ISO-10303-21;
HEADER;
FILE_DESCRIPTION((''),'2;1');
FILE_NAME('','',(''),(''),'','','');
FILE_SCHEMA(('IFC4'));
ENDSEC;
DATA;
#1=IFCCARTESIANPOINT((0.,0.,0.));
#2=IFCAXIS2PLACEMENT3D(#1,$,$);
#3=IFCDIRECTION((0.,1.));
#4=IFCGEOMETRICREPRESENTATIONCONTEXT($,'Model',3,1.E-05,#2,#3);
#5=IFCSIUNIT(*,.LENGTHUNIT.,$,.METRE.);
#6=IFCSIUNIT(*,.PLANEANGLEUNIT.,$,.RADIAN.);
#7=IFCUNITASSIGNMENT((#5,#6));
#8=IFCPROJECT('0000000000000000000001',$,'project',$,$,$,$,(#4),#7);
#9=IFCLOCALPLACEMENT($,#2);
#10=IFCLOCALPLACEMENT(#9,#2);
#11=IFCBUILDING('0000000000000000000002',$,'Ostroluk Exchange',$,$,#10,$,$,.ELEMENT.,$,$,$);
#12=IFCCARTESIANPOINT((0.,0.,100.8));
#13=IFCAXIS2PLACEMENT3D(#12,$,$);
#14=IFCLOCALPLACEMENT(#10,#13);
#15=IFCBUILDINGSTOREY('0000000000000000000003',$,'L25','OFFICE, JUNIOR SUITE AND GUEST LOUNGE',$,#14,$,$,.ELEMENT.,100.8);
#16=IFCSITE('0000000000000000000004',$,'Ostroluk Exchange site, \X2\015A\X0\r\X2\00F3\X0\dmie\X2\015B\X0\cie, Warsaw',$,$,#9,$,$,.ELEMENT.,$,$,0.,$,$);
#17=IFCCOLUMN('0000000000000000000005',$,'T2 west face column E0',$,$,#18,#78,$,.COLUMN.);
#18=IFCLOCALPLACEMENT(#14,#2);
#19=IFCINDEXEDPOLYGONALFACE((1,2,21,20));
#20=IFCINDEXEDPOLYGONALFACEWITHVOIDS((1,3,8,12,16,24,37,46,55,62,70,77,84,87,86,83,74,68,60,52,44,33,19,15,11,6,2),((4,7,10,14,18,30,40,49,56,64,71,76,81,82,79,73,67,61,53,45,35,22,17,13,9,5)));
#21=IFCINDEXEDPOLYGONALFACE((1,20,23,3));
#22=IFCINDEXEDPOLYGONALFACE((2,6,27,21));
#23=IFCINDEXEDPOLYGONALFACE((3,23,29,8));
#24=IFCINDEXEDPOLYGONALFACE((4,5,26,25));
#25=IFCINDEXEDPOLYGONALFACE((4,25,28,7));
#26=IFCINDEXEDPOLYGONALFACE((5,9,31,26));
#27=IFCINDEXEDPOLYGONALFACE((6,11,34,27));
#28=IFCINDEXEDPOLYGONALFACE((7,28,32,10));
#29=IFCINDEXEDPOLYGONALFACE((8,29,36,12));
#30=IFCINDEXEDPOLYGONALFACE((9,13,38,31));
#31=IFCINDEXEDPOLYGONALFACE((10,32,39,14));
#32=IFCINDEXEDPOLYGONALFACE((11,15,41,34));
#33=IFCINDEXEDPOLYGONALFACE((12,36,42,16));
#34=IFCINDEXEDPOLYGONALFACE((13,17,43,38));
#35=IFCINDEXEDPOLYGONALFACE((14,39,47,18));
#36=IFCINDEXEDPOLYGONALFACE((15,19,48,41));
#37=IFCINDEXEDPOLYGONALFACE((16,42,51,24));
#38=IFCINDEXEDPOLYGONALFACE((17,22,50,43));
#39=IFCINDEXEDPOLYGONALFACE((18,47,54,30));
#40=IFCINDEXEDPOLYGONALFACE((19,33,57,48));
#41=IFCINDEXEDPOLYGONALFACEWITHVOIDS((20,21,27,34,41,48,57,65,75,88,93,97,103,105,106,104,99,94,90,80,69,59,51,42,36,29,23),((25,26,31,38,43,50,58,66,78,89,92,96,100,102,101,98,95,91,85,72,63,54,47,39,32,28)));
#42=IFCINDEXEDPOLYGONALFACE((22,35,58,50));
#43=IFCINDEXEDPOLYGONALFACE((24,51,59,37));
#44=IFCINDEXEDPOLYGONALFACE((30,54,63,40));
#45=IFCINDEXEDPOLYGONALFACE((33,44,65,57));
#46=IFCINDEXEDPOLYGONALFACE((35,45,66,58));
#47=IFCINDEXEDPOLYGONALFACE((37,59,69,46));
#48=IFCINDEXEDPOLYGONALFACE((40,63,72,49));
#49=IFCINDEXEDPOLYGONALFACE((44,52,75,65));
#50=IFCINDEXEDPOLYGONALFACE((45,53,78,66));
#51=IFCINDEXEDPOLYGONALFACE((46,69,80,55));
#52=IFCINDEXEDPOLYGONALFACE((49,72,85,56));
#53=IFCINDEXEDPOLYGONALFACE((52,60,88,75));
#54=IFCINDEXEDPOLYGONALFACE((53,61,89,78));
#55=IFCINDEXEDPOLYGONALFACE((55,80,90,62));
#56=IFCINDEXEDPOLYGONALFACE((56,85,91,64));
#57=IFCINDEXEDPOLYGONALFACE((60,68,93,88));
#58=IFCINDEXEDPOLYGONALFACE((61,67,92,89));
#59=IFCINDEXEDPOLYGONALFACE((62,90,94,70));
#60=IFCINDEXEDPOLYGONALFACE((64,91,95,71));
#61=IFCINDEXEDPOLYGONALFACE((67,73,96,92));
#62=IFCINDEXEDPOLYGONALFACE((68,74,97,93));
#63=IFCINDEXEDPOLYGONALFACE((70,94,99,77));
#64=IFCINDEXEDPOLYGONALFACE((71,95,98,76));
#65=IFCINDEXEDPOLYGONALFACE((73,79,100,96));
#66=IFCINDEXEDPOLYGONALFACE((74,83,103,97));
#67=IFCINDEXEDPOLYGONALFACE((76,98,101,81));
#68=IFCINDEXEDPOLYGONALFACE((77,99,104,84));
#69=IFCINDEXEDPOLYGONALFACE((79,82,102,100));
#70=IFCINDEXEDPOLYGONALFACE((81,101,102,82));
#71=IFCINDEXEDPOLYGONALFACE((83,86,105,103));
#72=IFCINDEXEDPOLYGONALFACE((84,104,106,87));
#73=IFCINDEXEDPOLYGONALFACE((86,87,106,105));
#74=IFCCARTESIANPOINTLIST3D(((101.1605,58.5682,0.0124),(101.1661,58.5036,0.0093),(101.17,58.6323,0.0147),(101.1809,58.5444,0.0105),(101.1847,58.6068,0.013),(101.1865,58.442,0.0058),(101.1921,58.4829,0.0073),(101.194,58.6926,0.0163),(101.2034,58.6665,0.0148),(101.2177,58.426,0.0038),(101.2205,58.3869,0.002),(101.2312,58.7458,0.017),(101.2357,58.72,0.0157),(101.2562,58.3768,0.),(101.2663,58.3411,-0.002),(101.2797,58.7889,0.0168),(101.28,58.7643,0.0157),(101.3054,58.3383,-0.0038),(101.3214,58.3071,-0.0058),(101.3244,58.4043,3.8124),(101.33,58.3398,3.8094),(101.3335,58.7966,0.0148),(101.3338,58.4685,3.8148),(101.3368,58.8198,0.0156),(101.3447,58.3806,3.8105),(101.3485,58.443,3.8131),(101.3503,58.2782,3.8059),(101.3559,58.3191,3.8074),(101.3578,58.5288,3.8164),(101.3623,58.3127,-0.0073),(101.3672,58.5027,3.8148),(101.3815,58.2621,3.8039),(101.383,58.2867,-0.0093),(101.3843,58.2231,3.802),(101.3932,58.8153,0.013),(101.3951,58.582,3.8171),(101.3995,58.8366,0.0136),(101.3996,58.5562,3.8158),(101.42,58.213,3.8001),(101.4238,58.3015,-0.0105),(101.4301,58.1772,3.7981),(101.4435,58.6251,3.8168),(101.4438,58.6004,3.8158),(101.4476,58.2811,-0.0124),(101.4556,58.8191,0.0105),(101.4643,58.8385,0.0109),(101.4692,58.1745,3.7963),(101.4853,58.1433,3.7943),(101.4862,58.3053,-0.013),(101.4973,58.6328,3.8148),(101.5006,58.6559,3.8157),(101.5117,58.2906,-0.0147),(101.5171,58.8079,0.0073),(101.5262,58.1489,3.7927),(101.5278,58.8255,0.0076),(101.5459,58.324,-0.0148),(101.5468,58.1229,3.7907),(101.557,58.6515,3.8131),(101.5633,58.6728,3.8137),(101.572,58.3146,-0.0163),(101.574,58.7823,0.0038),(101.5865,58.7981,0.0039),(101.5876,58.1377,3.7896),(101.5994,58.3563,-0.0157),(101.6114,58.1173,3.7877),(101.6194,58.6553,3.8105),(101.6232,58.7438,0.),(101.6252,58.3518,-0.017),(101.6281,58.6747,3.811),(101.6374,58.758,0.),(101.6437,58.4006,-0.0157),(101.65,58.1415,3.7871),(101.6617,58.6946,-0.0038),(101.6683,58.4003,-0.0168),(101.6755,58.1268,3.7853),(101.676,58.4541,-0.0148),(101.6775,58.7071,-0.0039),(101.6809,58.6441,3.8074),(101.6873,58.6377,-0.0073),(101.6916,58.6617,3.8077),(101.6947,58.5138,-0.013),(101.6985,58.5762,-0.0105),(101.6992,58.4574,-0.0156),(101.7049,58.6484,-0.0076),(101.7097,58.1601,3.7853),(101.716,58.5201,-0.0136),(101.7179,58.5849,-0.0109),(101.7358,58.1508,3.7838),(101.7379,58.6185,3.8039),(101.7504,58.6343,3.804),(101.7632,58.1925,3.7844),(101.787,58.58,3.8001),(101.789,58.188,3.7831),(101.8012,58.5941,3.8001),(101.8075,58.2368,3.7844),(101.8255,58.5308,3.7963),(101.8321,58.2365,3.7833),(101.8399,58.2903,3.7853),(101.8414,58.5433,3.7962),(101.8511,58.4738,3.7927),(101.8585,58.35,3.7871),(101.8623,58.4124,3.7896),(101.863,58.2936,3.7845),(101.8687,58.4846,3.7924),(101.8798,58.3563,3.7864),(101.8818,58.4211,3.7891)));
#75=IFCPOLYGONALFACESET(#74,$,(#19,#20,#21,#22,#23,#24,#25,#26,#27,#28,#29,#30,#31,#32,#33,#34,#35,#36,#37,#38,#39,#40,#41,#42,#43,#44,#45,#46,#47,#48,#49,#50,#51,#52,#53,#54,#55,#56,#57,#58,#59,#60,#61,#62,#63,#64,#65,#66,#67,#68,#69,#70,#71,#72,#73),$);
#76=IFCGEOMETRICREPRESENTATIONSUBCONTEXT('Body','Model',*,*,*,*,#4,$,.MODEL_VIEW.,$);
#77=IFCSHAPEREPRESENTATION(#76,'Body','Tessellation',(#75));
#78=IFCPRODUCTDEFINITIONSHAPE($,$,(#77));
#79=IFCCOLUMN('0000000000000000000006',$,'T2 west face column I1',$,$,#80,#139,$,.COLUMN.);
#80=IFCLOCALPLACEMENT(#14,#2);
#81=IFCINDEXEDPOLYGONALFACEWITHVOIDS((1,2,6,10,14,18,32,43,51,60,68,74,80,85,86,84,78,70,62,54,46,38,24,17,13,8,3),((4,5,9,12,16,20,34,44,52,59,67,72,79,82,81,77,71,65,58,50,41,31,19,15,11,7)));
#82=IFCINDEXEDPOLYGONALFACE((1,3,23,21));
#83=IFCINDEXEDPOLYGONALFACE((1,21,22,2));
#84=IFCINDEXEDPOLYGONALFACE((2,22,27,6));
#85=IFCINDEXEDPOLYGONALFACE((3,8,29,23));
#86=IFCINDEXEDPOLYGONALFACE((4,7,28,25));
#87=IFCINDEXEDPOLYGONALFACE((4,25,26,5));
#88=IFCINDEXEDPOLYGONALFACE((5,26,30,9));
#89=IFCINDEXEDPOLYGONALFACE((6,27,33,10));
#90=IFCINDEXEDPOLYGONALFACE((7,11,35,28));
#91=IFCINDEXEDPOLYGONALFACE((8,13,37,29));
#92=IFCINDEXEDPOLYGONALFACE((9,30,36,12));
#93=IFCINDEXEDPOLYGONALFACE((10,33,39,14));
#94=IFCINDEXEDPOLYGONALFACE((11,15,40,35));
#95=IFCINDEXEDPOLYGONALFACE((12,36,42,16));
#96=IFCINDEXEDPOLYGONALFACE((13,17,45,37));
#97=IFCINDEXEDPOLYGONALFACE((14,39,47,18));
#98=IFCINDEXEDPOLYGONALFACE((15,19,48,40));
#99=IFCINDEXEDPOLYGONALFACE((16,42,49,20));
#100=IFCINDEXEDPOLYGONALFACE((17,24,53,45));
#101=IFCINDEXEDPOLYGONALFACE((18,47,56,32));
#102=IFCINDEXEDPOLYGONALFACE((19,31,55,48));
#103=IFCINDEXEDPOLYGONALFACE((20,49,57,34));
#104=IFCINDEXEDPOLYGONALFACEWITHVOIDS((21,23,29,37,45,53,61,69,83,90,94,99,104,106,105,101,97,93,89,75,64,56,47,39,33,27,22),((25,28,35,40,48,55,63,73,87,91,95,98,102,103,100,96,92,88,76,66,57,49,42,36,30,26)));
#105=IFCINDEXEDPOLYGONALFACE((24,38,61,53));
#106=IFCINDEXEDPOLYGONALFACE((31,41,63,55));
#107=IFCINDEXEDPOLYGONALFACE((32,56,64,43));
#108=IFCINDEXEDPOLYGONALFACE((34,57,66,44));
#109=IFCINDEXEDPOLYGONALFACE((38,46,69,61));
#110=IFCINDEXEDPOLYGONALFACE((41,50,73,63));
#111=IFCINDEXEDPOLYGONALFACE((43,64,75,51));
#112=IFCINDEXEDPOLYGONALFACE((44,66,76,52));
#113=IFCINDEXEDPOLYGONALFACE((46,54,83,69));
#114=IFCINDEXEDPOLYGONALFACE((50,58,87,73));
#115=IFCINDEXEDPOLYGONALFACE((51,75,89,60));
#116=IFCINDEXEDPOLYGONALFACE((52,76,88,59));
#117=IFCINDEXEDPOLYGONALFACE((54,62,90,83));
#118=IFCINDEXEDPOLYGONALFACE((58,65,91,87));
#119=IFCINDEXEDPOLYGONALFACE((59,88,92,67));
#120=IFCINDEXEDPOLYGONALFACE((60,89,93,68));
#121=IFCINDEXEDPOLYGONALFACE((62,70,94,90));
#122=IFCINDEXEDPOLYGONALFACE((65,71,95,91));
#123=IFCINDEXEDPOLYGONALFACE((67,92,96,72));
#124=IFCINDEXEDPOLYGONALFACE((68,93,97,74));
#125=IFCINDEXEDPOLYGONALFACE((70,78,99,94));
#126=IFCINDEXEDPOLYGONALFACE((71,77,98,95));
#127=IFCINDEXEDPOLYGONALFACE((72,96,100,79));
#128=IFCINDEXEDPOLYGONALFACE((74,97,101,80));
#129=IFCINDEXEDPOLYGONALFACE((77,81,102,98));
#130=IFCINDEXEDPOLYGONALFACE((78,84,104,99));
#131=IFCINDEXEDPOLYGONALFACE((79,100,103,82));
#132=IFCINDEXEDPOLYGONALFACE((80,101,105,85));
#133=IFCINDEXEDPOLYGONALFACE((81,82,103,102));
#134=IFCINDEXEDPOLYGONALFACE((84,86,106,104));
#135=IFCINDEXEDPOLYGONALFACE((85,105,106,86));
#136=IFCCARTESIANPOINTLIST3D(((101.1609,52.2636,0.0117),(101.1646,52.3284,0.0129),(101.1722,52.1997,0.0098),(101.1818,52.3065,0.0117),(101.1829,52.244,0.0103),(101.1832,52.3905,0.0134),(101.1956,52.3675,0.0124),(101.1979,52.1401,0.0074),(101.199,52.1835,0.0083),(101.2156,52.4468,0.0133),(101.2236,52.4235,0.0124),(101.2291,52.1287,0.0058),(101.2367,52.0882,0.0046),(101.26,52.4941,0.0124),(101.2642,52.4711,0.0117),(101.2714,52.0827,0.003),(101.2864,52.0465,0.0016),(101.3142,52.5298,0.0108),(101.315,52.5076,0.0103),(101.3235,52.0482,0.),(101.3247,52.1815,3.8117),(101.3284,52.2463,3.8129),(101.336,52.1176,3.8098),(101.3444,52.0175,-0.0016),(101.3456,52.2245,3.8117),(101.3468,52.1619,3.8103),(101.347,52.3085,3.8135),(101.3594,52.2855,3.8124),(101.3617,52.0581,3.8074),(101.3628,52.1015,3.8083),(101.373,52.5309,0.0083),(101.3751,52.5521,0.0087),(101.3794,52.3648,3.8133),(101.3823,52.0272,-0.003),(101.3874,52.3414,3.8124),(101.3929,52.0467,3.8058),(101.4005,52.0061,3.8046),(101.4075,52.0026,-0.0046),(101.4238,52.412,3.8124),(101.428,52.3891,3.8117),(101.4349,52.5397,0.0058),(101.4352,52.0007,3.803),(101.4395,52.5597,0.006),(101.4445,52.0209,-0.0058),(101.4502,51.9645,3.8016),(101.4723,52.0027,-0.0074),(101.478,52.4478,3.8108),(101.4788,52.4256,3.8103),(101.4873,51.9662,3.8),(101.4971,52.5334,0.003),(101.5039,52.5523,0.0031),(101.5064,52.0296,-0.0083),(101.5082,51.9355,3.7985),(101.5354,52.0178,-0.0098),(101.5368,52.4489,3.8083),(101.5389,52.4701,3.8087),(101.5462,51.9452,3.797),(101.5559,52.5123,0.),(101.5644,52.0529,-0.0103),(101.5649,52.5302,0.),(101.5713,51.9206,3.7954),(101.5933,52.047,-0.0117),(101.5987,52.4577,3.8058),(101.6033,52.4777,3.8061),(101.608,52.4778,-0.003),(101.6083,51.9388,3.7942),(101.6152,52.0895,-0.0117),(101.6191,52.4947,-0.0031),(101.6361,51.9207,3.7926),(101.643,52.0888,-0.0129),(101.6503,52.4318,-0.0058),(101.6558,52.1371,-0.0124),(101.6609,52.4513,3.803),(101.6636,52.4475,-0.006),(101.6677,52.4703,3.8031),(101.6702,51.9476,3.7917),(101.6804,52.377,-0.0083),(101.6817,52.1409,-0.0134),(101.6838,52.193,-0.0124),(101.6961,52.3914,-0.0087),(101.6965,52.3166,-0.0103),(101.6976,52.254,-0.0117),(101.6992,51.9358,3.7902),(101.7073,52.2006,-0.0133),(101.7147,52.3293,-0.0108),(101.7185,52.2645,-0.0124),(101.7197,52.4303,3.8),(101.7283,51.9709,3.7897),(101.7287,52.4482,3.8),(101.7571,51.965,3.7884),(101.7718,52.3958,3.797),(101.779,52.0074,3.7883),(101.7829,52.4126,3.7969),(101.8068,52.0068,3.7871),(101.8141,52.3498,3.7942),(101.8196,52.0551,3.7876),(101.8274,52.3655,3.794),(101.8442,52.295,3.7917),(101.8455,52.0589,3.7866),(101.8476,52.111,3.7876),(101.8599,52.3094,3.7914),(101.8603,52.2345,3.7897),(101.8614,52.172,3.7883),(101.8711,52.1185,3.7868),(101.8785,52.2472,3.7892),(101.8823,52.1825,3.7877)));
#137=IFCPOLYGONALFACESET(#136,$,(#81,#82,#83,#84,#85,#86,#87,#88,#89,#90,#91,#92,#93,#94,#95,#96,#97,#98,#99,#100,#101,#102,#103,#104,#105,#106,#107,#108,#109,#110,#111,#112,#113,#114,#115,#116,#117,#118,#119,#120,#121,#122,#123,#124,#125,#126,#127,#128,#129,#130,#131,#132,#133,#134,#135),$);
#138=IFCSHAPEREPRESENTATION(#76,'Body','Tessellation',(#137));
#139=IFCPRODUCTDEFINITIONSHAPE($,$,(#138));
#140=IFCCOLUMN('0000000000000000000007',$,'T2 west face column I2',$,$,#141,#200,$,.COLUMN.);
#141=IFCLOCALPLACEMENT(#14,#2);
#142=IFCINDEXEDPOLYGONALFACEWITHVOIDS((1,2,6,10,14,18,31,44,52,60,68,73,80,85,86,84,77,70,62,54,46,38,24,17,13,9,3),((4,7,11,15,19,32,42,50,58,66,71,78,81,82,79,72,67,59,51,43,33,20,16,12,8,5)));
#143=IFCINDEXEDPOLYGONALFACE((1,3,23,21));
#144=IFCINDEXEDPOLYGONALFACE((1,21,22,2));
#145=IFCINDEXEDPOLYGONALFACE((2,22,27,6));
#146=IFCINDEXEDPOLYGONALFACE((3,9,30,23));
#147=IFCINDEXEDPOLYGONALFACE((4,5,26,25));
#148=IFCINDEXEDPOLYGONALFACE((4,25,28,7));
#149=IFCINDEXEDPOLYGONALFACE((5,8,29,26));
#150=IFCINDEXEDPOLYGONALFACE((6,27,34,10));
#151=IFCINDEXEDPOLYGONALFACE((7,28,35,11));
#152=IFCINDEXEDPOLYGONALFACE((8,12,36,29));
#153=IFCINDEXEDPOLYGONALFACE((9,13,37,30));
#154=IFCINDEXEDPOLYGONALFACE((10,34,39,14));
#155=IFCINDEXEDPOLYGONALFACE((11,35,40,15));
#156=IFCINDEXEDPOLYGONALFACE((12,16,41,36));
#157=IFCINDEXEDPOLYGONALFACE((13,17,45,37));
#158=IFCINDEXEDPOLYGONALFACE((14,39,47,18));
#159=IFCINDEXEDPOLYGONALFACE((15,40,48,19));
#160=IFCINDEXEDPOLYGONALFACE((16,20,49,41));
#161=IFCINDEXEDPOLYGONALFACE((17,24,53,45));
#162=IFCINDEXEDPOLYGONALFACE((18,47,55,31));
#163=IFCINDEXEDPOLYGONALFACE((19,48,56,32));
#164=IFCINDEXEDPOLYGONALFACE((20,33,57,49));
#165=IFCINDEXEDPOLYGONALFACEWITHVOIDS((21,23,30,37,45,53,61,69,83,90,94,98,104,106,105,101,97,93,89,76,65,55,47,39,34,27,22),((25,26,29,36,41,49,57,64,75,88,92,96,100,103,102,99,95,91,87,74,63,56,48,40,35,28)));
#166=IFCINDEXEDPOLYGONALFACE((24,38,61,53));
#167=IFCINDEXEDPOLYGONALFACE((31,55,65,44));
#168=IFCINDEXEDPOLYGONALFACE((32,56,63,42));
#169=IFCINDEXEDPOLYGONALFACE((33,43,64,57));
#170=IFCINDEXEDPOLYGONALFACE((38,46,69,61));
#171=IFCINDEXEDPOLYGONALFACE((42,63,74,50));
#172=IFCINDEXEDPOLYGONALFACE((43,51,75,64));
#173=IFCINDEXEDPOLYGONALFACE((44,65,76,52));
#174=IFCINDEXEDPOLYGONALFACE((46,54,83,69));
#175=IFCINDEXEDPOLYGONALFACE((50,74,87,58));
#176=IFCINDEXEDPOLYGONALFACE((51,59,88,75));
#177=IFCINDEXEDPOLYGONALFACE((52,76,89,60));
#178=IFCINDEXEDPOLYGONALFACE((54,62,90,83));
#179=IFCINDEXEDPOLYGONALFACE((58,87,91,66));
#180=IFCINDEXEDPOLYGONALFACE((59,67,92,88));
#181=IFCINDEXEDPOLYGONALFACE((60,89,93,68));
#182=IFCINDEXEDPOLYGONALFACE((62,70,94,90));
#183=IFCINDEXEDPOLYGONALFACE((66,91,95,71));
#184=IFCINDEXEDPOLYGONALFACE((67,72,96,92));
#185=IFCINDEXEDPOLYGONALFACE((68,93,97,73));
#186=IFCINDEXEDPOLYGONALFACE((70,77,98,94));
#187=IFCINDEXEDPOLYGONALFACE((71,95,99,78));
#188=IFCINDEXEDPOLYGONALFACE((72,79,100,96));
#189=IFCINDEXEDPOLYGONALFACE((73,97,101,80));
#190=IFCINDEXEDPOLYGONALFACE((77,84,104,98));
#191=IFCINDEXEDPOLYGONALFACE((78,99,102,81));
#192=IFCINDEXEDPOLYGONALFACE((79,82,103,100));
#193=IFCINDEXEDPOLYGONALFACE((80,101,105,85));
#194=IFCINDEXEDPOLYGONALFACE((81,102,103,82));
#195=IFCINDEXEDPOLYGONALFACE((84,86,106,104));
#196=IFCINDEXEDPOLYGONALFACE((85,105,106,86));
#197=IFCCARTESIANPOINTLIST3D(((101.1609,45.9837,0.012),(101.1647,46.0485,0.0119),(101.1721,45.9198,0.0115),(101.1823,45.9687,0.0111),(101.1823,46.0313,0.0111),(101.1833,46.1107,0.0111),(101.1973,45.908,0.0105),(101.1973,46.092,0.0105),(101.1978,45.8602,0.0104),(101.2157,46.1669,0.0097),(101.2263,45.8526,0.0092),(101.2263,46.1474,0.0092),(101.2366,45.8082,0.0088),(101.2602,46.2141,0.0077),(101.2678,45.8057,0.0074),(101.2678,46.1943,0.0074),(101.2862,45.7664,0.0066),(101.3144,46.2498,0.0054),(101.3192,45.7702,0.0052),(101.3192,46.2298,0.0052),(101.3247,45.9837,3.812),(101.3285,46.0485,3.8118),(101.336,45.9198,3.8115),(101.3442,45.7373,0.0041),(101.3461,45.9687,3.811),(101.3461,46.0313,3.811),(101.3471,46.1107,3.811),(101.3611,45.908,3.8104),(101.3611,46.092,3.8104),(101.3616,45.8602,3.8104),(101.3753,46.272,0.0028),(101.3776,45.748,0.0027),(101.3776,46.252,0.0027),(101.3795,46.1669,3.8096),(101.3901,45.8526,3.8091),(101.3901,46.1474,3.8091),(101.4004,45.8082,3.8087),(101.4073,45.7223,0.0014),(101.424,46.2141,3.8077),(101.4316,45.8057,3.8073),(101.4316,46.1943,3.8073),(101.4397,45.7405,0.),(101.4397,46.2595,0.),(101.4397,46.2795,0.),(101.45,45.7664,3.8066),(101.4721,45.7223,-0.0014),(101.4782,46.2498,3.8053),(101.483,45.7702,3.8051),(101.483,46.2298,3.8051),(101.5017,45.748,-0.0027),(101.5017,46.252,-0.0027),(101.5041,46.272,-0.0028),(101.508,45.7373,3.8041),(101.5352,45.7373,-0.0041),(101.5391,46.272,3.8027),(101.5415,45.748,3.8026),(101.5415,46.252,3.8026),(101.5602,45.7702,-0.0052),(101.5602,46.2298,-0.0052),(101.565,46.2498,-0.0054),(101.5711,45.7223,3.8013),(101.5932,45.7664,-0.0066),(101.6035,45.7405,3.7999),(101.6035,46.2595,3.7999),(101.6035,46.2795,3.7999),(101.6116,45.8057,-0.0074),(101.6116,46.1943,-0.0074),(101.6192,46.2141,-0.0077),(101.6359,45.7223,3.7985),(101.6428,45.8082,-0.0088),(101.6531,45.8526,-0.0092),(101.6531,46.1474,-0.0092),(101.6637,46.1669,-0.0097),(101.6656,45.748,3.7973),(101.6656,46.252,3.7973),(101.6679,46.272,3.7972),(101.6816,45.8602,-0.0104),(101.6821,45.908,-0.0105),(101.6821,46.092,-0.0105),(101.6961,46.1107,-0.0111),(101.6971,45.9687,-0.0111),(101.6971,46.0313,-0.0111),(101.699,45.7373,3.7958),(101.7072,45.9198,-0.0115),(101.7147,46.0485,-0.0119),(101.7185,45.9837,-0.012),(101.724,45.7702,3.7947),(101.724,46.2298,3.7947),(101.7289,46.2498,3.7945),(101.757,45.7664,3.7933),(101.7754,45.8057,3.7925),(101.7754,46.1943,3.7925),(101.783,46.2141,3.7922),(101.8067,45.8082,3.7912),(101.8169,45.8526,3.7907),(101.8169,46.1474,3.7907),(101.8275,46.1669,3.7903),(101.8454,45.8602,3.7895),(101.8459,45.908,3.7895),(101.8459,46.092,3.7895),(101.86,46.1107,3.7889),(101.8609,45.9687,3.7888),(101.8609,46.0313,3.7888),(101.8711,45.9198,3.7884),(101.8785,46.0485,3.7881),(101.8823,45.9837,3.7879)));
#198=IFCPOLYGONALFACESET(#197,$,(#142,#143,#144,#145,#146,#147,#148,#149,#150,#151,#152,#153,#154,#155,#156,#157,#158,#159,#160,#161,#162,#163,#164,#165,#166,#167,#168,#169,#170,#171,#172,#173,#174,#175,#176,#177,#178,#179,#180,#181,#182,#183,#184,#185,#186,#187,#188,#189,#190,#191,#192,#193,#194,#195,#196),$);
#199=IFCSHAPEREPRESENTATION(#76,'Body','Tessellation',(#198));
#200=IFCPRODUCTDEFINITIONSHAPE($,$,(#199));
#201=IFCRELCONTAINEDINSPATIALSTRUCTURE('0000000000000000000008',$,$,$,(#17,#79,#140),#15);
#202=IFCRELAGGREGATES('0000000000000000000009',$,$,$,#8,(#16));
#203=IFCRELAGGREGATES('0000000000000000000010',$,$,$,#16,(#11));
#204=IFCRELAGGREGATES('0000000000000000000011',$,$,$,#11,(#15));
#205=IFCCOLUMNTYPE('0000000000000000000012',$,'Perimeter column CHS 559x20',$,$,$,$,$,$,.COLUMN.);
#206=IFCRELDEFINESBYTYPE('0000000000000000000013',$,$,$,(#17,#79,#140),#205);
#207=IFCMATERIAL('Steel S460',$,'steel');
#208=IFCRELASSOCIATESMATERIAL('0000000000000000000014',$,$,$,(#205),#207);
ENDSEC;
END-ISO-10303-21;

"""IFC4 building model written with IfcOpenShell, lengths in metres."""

from ifc_helpers import new_model, si_unit, direction, frame, origin, origin_2d, place, context, subcontext, project, spatial, hollow_circle, extrude, material, material_profile, profile_set, type_object, element, save


model = new_model("IFC4")

# Units and contexts
model_context = context("Model", 3, precision=1e-05, world=origin(), true_north=direction((0.0, 1.0)))
body_context = subcontext(model_context, "Body", "Model", "MODEL_VIEW")
ifc_project = project(units=[si_unit("LENGTHUNIT", "METRE"), si_unit("PLANEANGLEUNIT", "RADIAN")], contexts=[model_context])

# Site, building, storey
site_placement = place(None, origin())
site = spatial("IfcSite", under=ifc_project, at=site_placement, Name="Ostroluk Exchange site, Śródmieście, Warsaw", CompositionType="ELEMENT", RefElevation=0.0)
building_placement = place(site_placement, origin())
building = spatial("IfcBuilding", under=site, at=building_placement, Name="Ostroluk Exchange", CompositionType="ELEMENT")
storey_placement = place(building_placement, frame((0.0, 0.0, 100.8)))
storey = spatial("IfcBuildingStorey", under=building, at=storey_placement, Name="L25", Description="OFFICE, JUNIOR SUITE AND GUEST LOUNGE", CompositionType="ELEMENT", Elevation=100.8)

# Columns
ifc_material_1 = material(Name="Steel S460", Category="steel")
ifc_material_profile_1 = material_profile(ifc_material_1, hollow_circle(Radius=0.2795, WallThickness=0.02, at=origin_2d()), Name="CHS 559x20")
ifc_profile_set_1 = profile_set([ifc_material_profile_1], Name="Steel S460")
column_type = type_object("IfcColumnType", Name="Perimeter column CHS 559x20", PredefinedType="COLUMN", material=ifc_profile_set_1)
column_1_placement = place(storey_placement, frame((101.4397, 58.5603, 0.0), z_axis=(0.04303, -0.04303, 0.998147), x_axis=(0.707107, 0.707107, 0.0)))
element("IfcColumn", 1, at=column_1_placement, inside=storey, type_object=column_type, Name="T2 west face column E0", PredefinedType="COLUMN", context=body_context, shape_type="SweptSolid", body=[
    extrude(hollow_circle(Radius=0.2795, WallThickness=0.02, at=origin_2d()), origin(), (0.0, 0.0, 1.0), 3.8071),
])
column_2_placement = place(storey_placement, frame((101.4397, 52.2803, 0.0), z_axis=(0.04306, -0.021562, 0.99884), x_axis=(0.447747, 0.894161, 0.0)))
element("IfcColumn", 2, at=column_2_placement, inside=storey, type_object=column_type, Name="T2 west face column I1", PredefinedType="COLUMN", context=body_context, shape_type="SweptSolid", body=[
    extrude(hollow_circle(Radius=0.2795, WallThickness=0.02, at=origin_2d()), origin(), (0.0, 0.0, 1.0), 3.8044),
])
column_3_placement = place(storey_placement, frame((101.4397, 46.0, 0.0), z_axis=(0.04307, 0.0, 0.999072), x_axis=(0.0, 1.0, 0.0)))
element("IfcColumn", 3, at=column_3_placement, inside=storey, type_object=column_type, Name="T2 west face column I2", PredefinedType="COLUMN", context=body_context, shape_type="SweptSolid", body=[
    extrude(hollow_circle(Radius=0.2795, WallThickness=0.02, at=origin_2d()), origin(), (0.0, 0.0, 1.0), 3.8035),
])

save(model, "model.ifc")
